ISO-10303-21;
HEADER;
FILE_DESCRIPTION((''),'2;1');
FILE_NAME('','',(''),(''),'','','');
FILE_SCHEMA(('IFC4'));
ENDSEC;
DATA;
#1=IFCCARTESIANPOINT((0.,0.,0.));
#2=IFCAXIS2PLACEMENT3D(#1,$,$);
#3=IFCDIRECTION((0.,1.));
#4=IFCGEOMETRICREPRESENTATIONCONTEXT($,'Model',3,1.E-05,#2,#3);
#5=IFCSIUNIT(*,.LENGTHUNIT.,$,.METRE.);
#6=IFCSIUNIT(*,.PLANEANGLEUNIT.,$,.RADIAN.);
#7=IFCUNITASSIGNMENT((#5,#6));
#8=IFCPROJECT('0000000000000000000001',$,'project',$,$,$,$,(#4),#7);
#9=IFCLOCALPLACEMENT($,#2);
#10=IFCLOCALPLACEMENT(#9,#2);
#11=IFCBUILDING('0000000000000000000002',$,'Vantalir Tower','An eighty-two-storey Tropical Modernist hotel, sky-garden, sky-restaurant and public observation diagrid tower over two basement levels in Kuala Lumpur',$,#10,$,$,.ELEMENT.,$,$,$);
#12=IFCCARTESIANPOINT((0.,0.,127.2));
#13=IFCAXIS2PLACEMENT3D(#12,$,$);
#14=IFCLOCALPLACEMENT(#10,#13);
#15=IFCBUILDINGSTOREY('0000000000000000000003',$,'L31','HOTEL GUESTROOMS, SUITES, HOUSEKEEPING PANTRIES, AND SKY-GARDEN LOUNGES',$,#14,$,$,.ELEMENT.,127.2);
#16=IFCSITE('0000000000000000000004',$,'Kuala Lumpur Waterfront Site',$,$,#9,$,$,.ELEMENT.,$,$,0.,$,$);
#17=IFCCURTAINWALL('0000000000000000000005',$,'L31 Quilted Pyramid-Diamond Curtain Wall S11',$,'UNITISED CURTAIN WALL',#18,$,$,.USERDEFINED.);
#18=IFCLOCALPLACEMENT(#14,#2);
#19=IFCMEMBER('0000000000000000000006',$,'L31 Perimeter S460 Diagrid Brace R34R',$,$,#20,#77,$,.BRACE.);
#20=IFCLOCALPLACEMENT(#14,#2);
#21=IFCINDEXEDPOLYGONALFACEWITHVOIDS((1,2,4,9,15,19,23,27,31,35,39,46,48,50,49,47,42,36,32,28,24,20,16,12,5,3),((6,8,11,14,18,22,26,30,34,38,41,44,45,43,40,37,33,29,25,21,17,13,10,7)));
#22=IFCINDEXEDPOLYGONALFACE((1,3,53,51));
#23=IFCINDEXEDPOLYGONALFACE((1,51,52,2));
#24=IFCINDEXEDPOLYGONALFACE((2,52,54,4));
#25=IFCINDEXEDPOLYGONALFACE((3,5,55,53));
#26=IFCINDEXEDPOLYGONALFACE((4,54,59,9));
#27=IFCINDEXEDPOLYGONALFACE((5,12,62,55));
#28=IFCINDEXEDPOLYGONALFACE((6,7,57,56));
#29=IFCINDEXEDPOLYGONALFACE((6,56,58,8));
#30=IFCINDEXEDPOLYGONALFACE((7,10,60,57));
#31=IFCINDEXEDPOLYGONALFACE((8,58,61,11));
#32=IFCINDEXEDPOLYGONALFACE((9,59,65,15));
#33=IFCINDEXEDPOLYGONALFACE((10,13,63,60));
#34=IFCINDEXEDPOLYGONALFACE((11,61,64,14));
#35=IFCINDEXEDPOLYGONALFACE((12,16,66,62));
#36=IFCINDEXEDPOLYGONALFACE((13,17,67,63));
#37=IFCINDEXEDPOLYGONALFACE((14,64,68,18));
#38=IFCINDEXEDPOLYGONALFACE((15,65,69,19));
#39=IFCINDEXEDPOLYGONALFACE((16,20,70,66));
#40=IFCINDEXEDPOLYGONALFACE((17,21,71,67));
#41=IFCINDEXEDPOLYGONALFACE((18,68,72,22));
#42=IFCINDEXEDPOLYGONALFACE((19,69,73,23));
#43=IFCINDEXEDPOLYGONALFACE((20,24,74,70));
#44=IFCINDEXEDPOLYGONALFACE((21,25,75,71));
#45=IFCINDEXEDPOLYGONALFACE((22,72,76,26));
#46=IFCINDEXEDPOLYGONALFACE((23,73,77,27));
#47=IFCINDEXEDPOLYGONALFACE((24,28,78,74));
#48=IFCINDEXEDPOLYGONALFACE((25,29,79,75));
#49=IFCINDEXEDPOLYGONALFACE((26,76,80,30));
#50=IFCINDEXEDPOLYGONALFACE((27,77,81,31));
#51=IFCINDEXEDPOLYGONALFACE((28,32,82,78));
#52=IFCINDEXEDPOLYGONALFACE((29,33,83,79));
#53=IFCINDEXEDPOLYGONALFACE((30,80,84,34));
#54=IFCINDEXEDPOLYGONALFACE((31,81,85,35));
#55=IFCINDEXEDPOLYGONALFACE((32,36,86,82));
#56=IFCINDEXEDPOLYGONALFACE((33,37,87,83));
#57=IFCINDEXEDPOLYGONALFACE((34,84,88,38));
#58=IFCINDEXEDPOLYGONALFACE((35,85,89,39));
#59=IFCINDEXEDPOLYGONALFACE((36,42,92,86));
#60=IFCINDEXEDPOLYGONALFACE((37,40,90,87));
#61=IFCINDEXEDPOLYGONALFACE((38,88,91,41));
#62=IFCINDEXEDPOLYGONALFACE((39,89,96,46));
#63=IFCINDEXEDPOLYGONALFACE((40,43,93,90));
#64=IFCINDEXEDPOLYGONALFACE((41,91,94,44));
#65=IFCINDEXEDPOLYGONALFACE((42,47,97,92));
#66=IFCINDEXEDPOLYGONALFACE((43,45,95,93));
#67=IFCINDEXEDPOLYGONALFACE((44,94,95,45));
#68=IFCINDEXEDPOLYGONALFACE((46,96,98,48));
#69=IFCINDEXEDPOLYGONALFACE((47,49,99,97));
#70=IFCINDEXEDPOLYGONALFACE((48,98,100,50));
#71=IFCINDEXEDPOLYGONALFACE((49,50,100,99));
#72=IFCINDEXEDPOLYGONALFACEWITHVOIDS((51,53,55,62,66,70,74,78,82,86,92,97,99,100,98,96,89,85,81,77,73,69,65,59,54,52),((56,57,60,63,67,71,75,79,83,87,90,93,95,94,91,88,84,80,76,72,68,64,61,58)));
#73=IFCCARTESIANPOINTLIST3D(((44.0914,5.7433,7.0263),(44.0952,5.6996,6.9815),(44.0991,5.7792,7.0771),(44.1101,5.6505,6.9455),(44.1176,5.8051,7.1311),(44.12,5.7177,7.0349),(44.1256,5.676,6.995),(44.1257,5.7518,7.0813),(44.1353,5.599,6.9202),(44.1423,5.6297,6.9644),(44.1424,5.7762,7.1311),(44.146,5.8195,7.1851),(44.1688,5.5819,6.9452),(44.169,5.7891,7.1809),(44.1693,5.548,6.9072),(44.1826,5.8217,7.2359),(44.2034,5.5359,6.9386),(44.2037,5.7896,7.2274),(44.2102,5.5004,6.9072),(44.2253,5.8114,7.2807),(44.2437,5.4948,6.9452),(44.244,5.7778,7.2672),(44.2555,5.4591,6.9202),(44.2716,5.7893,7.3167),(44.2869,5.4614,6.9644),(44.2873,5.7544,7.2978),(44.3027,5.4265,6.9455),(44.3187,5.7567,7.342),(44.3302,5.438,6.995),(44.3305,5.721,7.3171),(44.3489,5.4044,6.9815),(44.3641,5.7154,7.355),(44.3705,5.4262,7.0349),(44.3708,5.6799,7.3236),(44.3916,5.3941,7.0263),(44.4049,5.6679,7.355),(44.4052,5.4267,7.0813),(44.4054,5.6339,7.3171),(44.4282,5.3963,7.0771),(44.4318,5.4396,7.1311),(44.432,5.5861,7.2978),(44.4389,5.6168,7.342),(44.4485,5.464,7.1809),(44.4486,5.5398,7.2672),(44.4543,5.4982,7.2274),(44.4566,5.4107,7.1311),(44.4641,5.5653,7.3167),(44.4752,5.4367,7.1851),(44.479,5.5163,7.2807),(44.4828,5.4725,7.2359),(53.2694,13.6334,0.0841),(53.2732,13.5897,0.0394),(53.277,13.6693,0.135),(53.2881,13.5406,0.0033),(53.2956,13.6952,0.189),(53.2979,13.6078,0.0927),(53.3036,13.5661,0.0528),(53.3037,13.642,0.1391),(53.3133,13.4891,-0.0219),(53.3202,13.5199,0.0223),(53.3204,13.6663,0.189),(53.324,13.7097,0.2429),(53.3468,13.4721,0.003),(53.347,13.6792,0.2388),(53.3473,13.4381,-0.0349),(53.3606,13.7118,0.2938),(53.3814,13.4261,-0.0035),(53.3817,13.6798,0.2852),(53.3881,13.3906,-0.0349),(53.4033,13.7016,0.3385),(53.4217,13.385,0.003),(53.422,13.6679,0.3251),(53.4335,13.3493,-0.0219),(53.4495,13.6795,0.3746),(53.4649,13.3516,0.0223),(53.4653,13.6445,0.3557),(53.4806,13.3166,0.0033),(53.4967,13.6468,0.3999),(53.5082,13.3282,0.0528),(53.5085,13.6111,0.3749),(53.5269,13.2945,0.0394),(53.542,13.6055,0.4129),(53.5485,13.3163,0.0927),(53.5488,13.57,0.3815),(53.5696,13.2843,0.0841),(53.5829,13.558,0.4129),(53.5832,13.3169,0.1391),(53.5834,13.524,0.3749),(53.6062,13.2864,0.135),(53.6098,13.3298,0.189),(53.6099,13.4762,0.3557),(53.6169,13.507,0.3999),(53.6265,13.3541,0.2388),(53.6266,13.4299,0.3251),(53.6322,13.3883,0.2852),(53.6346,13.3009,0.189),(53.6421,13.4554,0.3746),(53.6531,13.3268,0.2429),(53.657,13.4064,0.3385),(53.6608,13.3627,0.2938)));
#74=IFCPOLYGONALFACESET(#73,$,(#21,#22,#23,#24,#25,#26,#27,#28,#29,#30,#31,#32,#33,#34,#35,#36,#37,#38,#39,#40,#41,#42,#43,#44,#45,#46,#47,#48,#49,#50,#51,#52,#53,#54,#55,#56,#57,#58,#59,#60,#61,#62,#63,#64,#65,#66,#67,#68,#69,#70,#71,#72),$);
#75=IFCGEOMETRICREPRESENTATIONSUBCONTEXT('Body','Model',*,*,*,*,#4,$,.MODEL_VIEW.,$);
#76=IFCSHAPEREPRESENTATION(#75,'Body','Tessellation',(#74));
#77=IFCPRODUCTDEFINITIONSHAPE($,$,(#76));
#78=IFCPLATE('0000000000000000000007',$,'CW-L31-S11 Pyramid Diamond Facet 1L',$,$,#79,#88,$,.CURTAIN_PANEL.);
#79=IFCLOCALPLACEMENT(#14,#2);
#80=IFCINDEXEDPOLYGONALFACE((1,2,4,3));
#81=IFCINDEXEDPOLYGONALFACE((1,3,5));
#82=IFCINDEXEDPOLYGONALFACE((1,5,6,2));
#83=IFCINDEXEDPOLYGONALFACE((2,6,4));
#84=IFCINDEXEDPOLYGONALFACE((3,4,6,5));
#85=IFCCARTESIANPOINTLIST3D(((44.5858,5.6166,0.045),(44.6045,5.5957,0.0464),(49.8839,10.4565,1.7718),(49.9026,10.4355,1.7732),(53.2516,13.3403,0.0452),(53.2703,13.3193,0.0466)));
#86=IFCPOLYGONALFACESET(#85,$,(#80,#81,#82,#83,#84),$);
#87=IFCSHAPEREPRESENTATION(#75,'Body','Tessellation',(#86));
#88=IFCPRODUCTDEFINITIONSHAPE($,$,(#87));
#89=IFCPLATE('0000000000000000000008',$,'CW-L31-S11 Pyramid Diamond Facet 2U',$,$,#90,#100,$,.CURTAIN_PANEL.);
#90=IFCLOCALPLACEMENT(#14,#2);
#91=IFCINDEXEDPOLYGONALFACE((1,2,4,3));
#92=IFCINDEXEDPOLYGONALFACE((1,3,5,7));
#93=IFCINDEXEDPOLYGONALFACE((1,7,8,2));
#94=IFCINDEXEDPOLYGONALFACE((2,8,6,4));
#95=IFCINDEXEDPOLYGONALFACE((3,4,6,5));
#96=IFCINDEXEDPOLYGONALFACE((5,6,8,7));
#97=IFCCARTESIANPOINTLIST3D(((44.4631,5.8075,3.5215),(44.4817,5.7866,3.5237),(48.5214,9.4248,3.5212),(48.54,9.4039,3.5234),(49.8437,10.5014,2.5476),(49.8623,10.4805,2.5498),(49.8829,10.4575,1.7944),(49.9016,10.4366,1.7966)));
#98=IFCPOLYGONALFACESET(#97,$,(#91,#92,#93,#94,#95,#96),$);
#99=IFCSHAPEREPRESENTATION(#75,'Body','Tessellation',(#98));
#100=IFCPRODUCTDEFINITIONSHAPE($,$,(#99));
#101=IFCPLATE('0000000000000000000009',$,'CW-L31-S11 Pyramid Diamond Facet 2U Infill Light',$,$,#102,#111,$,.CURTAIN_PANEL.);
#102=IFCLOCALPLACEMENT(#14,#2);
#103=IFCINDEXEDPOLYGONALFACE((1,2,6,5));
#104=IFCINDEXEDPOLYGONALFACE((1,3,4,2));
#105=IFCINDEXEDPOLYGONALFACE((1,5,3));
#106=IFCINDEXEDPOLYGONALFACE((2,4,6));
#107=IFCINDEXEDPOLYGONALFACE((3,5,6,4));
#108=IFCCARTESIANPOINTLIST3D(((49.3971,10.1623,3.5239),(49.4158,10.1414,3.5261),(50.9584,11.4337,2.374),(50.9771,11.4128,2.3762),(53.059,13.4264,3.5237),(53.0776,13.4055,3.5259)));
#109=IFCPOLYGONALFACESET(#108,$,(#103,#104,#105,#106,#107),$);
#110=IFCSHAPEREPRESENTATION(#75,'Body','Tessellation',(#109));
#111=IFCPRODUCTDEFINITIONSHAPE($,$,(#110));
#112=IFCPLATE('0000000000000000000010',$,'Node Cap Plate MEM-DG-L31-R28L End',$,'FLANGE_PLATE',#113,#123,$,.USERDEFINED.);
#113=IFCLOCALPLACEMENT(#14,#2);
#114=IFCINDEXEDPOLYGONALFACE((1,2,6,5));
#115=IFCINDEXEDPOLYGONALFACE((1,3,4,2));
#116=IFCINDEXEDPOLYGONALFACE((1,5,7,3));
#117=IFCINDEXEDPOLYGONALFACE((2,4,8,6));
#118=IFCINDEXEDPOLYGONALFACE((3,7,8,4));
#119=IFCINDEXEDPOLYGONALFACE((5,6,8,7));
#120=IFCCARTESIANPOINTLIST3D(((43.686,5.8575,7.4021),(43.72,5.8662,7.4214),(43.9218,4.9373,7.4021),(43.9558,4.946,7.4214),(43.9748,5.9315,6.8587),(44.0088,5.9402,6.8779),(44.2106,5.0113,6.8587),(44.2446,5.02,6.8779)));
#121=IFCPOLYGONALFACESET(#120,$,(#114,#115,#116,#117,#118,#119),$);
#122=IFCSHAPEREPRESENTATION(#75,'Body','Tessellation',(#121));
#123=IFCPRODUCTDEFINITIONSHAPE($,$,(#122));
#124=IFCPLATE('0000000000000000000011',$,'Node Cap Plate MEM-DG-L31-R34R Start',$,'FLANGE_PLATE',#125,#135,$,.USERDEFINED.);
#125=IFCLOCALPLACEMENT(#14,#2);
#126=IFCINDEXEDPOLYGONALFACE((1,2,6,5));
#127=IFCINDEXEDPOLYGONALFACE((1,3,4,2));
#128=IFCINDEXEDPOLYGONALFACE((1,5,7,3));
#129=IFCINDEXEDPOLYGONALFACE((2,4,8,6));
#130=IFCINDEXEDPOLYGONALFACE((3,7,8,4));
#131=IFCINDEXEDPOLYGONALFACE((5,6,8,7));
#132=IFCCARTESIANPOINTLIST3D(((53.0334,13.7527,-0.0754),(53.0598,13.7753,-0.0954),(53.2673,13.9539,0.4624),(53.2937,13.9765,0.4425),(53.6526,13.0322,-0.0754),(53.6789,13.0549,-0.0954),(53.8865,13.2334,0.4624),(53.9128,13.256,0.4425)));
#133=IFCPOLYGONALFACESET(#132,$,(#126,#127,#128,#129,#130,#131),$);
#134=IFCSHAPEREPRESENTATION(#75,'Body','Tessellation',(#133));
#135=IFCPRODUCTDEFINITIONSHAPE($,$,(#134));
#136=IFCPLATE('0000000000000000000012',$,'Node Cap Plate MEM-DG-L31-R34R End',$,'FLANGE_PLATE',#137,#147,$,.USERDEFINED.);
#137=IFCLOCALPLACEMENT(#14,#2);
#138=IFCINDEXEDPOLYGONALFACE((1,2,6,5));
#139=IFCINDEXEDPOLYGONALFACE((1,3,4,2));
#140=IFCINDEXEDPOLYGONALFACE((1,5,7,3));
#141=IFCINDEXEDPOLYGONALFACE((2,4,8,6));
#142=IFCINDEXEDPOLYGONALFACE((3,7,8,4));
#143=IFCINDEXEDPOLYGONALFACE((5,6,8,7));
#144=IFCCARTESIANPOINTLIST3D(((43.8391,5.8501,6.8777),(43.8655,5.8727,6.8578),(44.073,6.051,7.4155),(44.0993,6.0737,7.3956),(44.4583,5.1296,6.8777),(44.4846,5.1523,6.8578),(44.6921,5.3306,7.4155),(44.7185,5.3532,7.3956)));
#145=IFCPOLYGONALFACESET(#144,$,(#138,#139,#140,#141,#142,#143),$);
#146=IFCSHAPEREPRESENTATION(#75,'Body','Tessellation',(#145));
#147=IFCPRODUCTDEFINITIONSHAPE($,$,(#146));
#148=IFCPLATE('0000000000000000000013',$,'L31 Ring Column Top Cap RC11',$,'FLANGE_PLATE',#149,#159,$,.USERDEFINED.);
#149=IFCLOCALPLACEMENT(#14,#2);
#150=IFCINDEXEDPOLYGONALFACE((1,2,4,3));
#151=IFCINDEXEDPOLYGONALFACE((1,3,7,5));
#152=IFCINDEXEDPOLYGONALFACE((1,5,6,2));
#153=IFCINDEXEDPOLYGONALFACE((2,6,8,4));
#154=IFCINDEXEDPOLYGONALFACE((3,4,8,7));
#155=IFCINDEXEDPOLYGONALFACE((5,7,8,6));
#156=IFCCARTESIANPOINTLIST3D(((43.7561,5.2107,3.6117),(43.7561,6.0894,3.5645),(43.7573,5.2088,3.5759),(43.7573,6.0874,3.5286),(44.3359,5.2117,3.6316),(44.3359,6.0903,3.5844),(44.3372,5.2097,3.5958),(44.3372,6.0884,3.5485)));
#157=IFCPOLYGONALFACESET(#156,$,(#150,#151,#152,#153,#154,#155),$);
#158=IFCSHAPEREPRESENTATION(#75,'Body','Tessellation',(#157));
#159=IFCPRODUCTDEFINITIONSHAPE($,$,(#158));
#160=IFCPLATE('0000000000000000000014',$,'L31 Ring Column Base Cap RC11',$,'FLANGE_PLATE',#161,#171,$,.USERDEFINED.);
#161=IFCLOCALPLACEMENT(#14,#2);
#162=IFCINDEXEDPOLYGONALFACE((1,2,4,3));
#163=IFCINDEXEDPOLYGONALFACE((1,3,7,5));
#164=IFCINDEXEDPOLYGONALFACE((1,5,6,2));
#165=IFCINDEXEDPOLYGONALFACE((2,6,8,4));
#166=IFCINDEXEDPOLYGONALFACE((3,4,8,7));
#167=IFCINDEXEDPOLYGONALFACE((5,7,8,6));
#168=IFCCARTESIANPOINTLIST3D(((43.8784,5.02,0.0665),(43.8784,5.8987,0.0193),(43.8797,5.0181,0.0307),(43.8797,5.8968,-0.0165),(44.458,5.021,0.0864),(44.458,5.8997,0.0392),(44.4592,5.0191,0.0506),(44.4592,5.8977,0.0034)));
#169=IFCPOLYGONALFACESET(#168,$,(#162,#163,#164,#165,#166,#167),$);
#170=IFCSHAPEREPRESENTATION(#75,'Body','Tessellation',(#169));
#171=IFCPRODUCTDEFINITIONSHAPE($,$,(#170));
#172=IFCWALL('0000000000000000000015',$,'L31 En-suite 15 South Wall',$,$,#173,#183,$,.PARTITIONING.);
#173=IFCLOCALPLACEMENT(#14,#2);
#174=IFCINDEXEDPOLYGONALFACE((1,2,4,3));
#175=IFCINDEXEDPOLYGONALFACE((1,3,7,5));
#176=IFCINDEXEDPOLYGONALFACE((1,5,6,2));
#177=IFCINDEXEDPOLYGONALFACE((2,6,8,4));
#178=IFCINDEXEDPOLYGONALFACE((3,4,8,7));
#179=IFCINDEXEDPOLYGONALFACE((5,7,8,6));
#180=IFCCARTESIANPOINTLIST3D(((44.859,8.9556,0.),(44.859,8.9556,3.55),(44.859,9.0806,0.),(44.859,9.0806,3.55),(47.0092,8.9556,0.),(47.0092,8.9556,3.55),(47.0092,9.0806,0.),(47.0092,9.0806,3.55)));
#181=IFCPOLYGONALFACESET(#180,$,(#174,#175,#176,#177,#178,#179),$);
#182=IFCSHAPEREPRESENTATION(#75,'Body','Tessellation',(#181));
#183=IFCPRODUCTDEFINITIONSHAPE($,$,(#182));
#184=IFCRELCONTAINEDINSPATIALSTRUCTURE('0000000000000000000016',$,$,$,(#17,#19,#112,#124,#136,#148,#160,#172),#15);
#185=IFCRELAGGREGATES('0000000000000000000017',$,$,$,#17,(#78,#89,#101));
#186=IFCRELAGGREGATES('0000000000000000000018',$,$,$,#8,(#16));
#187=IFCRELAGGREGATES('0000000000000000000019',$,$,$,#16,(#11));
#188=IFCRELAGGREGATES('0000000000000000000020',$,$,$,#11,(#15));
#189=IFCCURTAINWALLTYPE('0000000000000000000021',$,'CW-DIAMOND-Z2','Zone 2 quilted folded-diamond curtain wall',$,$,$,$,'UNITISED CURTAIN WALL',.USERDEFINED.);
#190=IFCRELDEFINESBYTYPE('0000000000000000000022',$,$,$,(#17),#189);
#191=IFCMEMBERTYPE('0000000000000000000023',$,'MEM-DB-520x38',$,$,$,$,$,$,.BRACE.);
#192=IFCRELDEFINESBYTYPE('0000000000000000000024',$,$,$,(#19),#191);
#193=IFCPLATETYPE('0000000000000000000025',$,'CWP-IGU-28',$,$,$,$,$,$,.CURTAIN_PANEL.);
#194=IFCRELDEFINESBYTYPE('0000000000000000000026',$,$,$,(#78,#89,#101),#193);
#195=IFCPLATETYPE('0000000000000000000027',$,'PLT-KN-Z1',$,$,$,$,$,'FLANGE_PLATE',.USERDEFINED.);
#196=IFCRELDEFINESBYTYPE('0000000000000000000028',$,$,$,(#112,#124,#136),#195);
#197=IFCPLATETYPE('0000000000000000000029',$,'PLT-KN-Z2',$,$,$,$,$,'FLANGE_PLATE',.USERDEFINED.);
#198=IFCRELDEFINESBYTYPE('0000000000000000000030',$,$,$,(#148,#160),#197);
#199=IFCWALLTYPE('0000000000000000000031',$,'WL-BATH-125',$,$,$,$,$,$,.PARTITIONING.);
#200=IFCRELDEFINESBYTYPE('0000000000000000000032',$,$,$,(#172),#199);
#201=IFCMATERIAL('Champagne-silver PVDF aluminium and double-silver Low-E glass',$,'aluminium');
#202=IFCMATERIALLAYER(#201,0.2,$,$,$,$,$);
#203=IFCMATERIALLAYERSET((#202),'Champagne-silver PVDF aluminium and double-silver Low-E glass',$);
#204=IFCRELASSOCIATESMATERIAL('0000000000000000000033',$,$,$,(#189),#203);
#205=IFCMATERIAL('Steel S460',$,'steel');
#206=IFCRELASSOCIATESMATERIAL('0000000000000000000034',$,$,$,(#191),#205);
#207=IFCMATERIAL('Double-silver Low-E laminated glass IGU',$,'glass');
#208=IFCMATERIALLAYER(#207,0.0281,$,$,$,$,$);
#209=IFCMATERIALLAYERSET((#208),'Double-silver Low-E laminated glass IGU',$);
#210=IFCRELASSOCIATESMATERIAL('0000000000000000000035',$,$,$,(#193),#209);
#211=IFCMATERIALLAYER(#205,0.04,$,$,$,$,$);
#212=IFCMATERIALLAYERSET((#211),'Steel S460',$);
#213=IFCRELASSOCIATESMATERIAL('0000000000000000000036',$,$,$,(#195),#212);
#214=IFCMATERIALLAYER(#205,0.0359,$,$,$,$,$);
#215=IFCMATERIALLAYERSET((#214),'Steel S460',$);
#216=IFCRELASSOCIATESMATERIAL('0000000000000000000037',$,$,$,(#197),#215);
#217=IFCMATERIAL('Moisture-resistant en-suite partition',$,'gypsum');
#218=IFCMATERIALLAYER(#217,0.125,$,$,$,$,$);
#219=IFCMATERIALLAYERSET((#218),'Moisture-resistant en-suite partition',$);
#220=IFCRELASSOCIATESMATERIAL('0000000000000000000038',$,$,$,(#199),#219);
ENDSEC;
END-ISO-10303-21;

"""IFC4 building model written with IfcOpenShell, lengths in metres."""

from ifc_helpers import new_model, si_unit, direction, frame, frame_2d, origin, origin_2d, place, context, subcontext, project, spatial, polyline, rectangle, hollow_circle, outline, extrude, material, layer, layer_set, material_profile, profile_set, type_object, element, aggregate, save


model = new_model("IFC4")

# Units and contexts
model_context = context("Model", 3, precision=1e-05, world=origin(), true_north=direction((0.0, 1.0)))
body_context = subcontext(model_context, "Body", "Model", "MODEL_VIEW")
ifc_project = project(units=[si_unit("LENGTHUNIT", "METRE"), si_unit("PLANEANGLEUNIT", "RADIAN")], contexts=[model_context])

# Site, building, storey
site_placement = place(None, origin())
site = spatial("IfcSite", under=ifc_project, at=site_placement, Name="Kuala Lumpur Waterfront Site", CompositionType="ELEMENT", RefElevation=0.0)
building_placement = place(site_placement, origin())
building = spatial("IfcBuilding", under=site, at=building_placement, Name="Vantalir Tower", Description="An eighty-two-storey Tropical Modernist hotel, sky-garden, sky-restaurant and public observation diagrid tower over two basement levels in Kuala Lumpur", CompositionType="ELEMENT")
storey_placement = place(building_placement, frame((0.0, 0.0, 127.2)))
storey = spatial("IfcBuildingStorey", under=building, at=storey_placement, Name="L31", Description="HOTEL GUESTROOMS, SUITES, HOUSEKEEPING PANTRIES, AND SKY-GARDEN LOUNGES", CompositionType="ELEMENT", Elevation=127.2)

# Shared definitions
ifc_material_1 = material(Name="Steel S460", Category="steel")

# Shared definitions
ifc_material_2 = material(Name="Champagne-silver PVDF aluminium and double-silver Low-E glass", Category="aluminium")
ifc_layer_1 = layer(ifc_material_2, 0.2)
ifc_layer_set_1 = layer_set([ifc_layer_1], Name="Champagne-silver PVDF aluminium and double-silver Low-E glass")
curtain_wall_type = type_object("IfcCurtainWallType", Name="CW-DIAMOND-Z2", Description="Zone 2 quilted folded-diamond curtain wall", ElementType="UNITISED CURTAIN WALL", PredefinedType="USERDEFINED", material=ifc_layer_set_1)

# Curtain wall
curtain_wall_1_placement = place(storey_placement, origin())
curtain_wall_1 = element("IfcCurtainWall", 1, at=curtain_wall_1_placement, inside=storey, type_object=curtain_wall_type, Name="L31 Quilted Pyramid-Diamond Curtain Wall S11", ObjectType="UNITISED CURTAIN WALL", PredefinedType="USERDEFINED")

# Member
ifc_material_profile_1 = material_profile(ifc_material_1, hollow_circle(Radius=0.26, WallThickness=0.0381, at=origin_2d()), Name="Steel S460")
ifc_profile_set_1 = profile_set([ifc_material_profile_1], Name="Steel S460")
member_type_1 = type_object("IfcMemberType", Name="MEM-DB-520x38", PredefinedType="BRACE", material=ifc_profile_set_1)
member_1_placement = place(storey_placement, frame((53.4651, 13.498, 0.189), z_axis=(-0.657784, -0.565484, 0.497542), x_axis=(0.6519, -0.758305, 0.0)))
element("IfcMember", 2, at=member_1_placement, inside=storey, type_object=member_type_1, Name="L31 Perimeter S460 Diagrid Brace R34R", PredefinedType="BRACE", context=body_context, shape_type="SweptSolid", body=[
    extrude(hollow_circle(Radius=0.26, WallThickness=0.0381, at=origin_2d()), origin(), (0.0, 0.0, 1.0), 13.9529),
])

# Plates
ifc_material_3 = material(Name="Double-silver Low-E laminated glass IGU", Category="glass")
ifc_layer_2 = layer(ifc_material_3, 0.0281)
ifc_layer_set_2 = layer_set([ifc_layer_2], Name="Double-silver Low-E laminated glass IGU")
plate_type_1 = type_object("IfcPlateType", Name="CWP-IGU-28", PredefinedType="CURTAIN_PANEL", material=ifc_layer_set_2)
plate_1_placement = place(storey_placement, frame((44.6045, 5.5957, 0.0464), z_axis=(0.664499, -0.745557, 0.050846), x_axis=(0.746522, 0.665361, 0.000021)))
plate_1 = element("IfcPlate", 3, at=plate_1_placement, type_object=plate_type_1, Name="CW-L31-S11 Pyramid Diamond Facet 1L", PredefinedType="CURTAIN_PANEL", context=body_context, shape_type="SweptSolid", body=[
    extrude(outline(polyline([(0.0, 0.0), (11.6082, 0.0), (7.1754, 1.7289), (0.0, 0.0)])), origin(), (0.0, 0.0, -1.0), 0.0281),
])
plate_2_placement = place(storey_placement, frame((44.4817, 5.7866, 3.5237), z_axis=(0.663353, -0.744235, 0.077959), x_axis=(0.746509, 0.665375, -0.000046)))
plate_2 = element("IfcPlate", 4, at=plate_2_placement, type_object=plate_type_1, Name="CW-L31-S11 Pyramid Diamond Facet 2U", PredefinedType="CURTAIN_PANEL", context=body_context, shape_type="SweptSolid", body=[
    extrude(outline(polyline([(0.0, 0.0), (5.4364, 0.0), (7.1399, -0.9765), (7.14, -1.732), (0.0, 0.0)])), origin(), (0.0, 0.0, -1.0), 0.0281),
])
plate_3_placement = place(storey_placement, frame((49.4158, 10.1414, 3.5261), z_axis=(0.663392, -0.744214, 0.077819), x_axis=(0.74648, 0.665407, -0.00005)))
plate_3 = element("IfcPlate", 5, at=plate_3_placement, type_object=plate_type_1, Name="CW-L31-S11 Pyramid Diamond Facet 2U Infill Light", PredefinedType="CURTAIN_PANEL", context=body_context, shape_type="SweptSolid", body=[
    extrude(outline(polyline([(0.0, 0.0), (4.9055, 0.0), (2.0116, -1.1533), (0.0, 0.0)])), origin(), (0.0, 0.0, -1.0), 0.0281),
])
aggregate(curtain_wall_1, [plate_1, plate_2, plate_3])

# Plates
ifc_layer_3 = layer(ifc_material_1, 0.04)
ifc_layer_set_3 = layer_set([ifc_layer_3], Name="Steel S460")
plate_type_2 = type_object("IfcPlateType", Name="PLT-KN-Z1", ElementType="FLANGE_PLATE", PredefinedType="USERDEFINED", material=ifc_layer_set_3)
plate_4_placement = place(storey_placement, frame((44.2446, 5.02, 6.8779), z_axis=(0.849282, 0.217672, 0.480977), x_axis=(-0.248276, 0.968689, 0.0)))
element("IfcPlate", 6, at=plate_4_placement, inside=storey, type_object=plate_type_2, Name="Node Cap Plate MEM-DG-L31-R28L End", ObjectType="FLANGE_PLATE", PredefinedType="USERDEFINED", context=body_context, shape_type="SweptSolid", body=[
    extrude(outline(polyline([(0.0, 0.0), (0.9499, 0.0), (0.95, 0.6199), (0.0, 0.6199), (0.0, 0.0)])), origin(), (0.0, 0.0, -1.0), 0.04),
])
plate_5_placement = place(storey_placement, frame((53.0334, 13.7527, -0.0754), z_axis=(-0.65788, -0.565363, 0.497553), x_axis=(0.651764, -0.758421, 0.0)))
element("IfcPlate", 7, at=plate_5_placement, inside=storey, type_object=plate_type_2, Name="Node Cap Plate MEM-DG-L31-R34R Start", ObjectType="FLANGE_PLATE", PredefinedType="USERDEFINED", context=body_context, shape_type="SweptSolid", body=[
    extrude(outline(polyline([(0.0, 0.0), (0.9499, 0.0), (0.9498, 0.62), (-0.0001, 0.62), (0.0, 0.0)])), origin(), (0.0, 0.0, -1.0), 0.04),
])
plate_6_placement = place(storey_placement, frame((43.8391, 5.8501, 6.8777), z_axis=(-0.657964, -0.565435, 0.497359), x_axis=(0.651764, -0.758421, 0.0)))
element("IfcPlate", 8, at=plate_6_placement, inside=storey, type_object=plate_type_2, Name="Node Cap Plate MEM-DG-L31-R34R End", ObjectType="FLANGE_PLATE", PredefinedType="USERDEFINED", context=body_context, shape_type="SweptSolid", body=[
    extrude(outline(polyline([(0.0, 0.0), (0.9499, 0.0), (0.95, 0.62), (0.0001, 0.62), (0.0, 0.0)])), origin(), (0.0, 0.0, -1.0), 0.04),
])
ifc_layer_4 = layer(ifc_material_1, 0.0359)
ifc_layer_set_4 = layer_set([ifc_layer_4], Name="Steel S460")
plate_type_3 = type_object("IfcPlateType", Name="PLT-KN-Z2", ElementType="FLANGE_PLATE", PredefinedType="USERDEFINED", material=ifc_layer_set_4)
plate_7_placement = place(storey_placement, frame((43.7561, 6.0894, 3.5645), z_axis=(-0.034336, 0.053656, 0.997969), x_axis=(-0.000005, -0.998558, 0.053687)))
element("IfcPlate", 9, at=plate_7_placement, inside=storey, type_object=plate_type_3, Name="L31 Ring Column Top Cap RC11", ObjectType="FLANGE_PLATE", PredefinedType="USERDEFINED", context=body_context, shape_type="SweptSolid", body=[
    extrude(outline(polyline([(0.0, 0.0), (0.8799, 0.0), (0.88, 0.5802), (0.0001, 0.5802), (0.0, 0.0)])), origin(), (0.0, 0.0, -1.0), 0.0359),
])
plate_8_placement = place(storey_placement, frame((43.8784, 5.8987, 0.0193), z_axis=(-0.034351, 0.053656, 0.997968), x_axis=(0.000005, -0.998558, 0.053688)))
element("IfcPlate", 10, at=plate_8_placement, inside=storey, type_object=plate_type_3, Name="L31 Ring Column Base Cap RC11", ObjectType="FLANGE_PLATE", PredefinedType="USERDEFINED", context=body_context, shape_type="SweptSolid", body=[
    extrude(outline(polyline([(0.0, 0.0), (0.8799, 0.0), (0.88, 0.5799), (0.0001, 0.5799), (0.0, 0.0)])), origin(), (0.0, 0.0, -1.0), 0.0359),
])

# Wall
ifc_material_4 = material(Name="Moisture-resistant en-suite partition", Category="gypsum")
ifc_layer_5 = layer(ifc_material_4, 0.125)
ifc_layer_set_5 = layer_set([ifc_layer_5], Name="Moisture-resistant en-suite partition")
wall_type = type_object("IfcWallType", Name="WL-BATH-125", PredefinedType="PARTITIONING", material=ifc_layer_set_5)
wall_1_placement = place(storey_placement, frame((44.8589, 9.0181, 0.0), z_axis=(0.0, 0.0, 1.0), x_axis=(1.0, 0.0, 0.0)))
element("IfcWall", 11, at=wall_1_placement, inside=storey, type_object=wall_type, Name="L31 En-suite 15 South Wall", PredefinedType="PARTITIONING", context=body_context, shape_type="SweptSolid", body=[
    extrude(rectangle(XDim=2.1501, YDim=0.125, at=frame_2d((1.0752, 0.0))), origin(), (0.0, 0.0, 1.0), 3.55),
])

save(model, "model.ifc")
